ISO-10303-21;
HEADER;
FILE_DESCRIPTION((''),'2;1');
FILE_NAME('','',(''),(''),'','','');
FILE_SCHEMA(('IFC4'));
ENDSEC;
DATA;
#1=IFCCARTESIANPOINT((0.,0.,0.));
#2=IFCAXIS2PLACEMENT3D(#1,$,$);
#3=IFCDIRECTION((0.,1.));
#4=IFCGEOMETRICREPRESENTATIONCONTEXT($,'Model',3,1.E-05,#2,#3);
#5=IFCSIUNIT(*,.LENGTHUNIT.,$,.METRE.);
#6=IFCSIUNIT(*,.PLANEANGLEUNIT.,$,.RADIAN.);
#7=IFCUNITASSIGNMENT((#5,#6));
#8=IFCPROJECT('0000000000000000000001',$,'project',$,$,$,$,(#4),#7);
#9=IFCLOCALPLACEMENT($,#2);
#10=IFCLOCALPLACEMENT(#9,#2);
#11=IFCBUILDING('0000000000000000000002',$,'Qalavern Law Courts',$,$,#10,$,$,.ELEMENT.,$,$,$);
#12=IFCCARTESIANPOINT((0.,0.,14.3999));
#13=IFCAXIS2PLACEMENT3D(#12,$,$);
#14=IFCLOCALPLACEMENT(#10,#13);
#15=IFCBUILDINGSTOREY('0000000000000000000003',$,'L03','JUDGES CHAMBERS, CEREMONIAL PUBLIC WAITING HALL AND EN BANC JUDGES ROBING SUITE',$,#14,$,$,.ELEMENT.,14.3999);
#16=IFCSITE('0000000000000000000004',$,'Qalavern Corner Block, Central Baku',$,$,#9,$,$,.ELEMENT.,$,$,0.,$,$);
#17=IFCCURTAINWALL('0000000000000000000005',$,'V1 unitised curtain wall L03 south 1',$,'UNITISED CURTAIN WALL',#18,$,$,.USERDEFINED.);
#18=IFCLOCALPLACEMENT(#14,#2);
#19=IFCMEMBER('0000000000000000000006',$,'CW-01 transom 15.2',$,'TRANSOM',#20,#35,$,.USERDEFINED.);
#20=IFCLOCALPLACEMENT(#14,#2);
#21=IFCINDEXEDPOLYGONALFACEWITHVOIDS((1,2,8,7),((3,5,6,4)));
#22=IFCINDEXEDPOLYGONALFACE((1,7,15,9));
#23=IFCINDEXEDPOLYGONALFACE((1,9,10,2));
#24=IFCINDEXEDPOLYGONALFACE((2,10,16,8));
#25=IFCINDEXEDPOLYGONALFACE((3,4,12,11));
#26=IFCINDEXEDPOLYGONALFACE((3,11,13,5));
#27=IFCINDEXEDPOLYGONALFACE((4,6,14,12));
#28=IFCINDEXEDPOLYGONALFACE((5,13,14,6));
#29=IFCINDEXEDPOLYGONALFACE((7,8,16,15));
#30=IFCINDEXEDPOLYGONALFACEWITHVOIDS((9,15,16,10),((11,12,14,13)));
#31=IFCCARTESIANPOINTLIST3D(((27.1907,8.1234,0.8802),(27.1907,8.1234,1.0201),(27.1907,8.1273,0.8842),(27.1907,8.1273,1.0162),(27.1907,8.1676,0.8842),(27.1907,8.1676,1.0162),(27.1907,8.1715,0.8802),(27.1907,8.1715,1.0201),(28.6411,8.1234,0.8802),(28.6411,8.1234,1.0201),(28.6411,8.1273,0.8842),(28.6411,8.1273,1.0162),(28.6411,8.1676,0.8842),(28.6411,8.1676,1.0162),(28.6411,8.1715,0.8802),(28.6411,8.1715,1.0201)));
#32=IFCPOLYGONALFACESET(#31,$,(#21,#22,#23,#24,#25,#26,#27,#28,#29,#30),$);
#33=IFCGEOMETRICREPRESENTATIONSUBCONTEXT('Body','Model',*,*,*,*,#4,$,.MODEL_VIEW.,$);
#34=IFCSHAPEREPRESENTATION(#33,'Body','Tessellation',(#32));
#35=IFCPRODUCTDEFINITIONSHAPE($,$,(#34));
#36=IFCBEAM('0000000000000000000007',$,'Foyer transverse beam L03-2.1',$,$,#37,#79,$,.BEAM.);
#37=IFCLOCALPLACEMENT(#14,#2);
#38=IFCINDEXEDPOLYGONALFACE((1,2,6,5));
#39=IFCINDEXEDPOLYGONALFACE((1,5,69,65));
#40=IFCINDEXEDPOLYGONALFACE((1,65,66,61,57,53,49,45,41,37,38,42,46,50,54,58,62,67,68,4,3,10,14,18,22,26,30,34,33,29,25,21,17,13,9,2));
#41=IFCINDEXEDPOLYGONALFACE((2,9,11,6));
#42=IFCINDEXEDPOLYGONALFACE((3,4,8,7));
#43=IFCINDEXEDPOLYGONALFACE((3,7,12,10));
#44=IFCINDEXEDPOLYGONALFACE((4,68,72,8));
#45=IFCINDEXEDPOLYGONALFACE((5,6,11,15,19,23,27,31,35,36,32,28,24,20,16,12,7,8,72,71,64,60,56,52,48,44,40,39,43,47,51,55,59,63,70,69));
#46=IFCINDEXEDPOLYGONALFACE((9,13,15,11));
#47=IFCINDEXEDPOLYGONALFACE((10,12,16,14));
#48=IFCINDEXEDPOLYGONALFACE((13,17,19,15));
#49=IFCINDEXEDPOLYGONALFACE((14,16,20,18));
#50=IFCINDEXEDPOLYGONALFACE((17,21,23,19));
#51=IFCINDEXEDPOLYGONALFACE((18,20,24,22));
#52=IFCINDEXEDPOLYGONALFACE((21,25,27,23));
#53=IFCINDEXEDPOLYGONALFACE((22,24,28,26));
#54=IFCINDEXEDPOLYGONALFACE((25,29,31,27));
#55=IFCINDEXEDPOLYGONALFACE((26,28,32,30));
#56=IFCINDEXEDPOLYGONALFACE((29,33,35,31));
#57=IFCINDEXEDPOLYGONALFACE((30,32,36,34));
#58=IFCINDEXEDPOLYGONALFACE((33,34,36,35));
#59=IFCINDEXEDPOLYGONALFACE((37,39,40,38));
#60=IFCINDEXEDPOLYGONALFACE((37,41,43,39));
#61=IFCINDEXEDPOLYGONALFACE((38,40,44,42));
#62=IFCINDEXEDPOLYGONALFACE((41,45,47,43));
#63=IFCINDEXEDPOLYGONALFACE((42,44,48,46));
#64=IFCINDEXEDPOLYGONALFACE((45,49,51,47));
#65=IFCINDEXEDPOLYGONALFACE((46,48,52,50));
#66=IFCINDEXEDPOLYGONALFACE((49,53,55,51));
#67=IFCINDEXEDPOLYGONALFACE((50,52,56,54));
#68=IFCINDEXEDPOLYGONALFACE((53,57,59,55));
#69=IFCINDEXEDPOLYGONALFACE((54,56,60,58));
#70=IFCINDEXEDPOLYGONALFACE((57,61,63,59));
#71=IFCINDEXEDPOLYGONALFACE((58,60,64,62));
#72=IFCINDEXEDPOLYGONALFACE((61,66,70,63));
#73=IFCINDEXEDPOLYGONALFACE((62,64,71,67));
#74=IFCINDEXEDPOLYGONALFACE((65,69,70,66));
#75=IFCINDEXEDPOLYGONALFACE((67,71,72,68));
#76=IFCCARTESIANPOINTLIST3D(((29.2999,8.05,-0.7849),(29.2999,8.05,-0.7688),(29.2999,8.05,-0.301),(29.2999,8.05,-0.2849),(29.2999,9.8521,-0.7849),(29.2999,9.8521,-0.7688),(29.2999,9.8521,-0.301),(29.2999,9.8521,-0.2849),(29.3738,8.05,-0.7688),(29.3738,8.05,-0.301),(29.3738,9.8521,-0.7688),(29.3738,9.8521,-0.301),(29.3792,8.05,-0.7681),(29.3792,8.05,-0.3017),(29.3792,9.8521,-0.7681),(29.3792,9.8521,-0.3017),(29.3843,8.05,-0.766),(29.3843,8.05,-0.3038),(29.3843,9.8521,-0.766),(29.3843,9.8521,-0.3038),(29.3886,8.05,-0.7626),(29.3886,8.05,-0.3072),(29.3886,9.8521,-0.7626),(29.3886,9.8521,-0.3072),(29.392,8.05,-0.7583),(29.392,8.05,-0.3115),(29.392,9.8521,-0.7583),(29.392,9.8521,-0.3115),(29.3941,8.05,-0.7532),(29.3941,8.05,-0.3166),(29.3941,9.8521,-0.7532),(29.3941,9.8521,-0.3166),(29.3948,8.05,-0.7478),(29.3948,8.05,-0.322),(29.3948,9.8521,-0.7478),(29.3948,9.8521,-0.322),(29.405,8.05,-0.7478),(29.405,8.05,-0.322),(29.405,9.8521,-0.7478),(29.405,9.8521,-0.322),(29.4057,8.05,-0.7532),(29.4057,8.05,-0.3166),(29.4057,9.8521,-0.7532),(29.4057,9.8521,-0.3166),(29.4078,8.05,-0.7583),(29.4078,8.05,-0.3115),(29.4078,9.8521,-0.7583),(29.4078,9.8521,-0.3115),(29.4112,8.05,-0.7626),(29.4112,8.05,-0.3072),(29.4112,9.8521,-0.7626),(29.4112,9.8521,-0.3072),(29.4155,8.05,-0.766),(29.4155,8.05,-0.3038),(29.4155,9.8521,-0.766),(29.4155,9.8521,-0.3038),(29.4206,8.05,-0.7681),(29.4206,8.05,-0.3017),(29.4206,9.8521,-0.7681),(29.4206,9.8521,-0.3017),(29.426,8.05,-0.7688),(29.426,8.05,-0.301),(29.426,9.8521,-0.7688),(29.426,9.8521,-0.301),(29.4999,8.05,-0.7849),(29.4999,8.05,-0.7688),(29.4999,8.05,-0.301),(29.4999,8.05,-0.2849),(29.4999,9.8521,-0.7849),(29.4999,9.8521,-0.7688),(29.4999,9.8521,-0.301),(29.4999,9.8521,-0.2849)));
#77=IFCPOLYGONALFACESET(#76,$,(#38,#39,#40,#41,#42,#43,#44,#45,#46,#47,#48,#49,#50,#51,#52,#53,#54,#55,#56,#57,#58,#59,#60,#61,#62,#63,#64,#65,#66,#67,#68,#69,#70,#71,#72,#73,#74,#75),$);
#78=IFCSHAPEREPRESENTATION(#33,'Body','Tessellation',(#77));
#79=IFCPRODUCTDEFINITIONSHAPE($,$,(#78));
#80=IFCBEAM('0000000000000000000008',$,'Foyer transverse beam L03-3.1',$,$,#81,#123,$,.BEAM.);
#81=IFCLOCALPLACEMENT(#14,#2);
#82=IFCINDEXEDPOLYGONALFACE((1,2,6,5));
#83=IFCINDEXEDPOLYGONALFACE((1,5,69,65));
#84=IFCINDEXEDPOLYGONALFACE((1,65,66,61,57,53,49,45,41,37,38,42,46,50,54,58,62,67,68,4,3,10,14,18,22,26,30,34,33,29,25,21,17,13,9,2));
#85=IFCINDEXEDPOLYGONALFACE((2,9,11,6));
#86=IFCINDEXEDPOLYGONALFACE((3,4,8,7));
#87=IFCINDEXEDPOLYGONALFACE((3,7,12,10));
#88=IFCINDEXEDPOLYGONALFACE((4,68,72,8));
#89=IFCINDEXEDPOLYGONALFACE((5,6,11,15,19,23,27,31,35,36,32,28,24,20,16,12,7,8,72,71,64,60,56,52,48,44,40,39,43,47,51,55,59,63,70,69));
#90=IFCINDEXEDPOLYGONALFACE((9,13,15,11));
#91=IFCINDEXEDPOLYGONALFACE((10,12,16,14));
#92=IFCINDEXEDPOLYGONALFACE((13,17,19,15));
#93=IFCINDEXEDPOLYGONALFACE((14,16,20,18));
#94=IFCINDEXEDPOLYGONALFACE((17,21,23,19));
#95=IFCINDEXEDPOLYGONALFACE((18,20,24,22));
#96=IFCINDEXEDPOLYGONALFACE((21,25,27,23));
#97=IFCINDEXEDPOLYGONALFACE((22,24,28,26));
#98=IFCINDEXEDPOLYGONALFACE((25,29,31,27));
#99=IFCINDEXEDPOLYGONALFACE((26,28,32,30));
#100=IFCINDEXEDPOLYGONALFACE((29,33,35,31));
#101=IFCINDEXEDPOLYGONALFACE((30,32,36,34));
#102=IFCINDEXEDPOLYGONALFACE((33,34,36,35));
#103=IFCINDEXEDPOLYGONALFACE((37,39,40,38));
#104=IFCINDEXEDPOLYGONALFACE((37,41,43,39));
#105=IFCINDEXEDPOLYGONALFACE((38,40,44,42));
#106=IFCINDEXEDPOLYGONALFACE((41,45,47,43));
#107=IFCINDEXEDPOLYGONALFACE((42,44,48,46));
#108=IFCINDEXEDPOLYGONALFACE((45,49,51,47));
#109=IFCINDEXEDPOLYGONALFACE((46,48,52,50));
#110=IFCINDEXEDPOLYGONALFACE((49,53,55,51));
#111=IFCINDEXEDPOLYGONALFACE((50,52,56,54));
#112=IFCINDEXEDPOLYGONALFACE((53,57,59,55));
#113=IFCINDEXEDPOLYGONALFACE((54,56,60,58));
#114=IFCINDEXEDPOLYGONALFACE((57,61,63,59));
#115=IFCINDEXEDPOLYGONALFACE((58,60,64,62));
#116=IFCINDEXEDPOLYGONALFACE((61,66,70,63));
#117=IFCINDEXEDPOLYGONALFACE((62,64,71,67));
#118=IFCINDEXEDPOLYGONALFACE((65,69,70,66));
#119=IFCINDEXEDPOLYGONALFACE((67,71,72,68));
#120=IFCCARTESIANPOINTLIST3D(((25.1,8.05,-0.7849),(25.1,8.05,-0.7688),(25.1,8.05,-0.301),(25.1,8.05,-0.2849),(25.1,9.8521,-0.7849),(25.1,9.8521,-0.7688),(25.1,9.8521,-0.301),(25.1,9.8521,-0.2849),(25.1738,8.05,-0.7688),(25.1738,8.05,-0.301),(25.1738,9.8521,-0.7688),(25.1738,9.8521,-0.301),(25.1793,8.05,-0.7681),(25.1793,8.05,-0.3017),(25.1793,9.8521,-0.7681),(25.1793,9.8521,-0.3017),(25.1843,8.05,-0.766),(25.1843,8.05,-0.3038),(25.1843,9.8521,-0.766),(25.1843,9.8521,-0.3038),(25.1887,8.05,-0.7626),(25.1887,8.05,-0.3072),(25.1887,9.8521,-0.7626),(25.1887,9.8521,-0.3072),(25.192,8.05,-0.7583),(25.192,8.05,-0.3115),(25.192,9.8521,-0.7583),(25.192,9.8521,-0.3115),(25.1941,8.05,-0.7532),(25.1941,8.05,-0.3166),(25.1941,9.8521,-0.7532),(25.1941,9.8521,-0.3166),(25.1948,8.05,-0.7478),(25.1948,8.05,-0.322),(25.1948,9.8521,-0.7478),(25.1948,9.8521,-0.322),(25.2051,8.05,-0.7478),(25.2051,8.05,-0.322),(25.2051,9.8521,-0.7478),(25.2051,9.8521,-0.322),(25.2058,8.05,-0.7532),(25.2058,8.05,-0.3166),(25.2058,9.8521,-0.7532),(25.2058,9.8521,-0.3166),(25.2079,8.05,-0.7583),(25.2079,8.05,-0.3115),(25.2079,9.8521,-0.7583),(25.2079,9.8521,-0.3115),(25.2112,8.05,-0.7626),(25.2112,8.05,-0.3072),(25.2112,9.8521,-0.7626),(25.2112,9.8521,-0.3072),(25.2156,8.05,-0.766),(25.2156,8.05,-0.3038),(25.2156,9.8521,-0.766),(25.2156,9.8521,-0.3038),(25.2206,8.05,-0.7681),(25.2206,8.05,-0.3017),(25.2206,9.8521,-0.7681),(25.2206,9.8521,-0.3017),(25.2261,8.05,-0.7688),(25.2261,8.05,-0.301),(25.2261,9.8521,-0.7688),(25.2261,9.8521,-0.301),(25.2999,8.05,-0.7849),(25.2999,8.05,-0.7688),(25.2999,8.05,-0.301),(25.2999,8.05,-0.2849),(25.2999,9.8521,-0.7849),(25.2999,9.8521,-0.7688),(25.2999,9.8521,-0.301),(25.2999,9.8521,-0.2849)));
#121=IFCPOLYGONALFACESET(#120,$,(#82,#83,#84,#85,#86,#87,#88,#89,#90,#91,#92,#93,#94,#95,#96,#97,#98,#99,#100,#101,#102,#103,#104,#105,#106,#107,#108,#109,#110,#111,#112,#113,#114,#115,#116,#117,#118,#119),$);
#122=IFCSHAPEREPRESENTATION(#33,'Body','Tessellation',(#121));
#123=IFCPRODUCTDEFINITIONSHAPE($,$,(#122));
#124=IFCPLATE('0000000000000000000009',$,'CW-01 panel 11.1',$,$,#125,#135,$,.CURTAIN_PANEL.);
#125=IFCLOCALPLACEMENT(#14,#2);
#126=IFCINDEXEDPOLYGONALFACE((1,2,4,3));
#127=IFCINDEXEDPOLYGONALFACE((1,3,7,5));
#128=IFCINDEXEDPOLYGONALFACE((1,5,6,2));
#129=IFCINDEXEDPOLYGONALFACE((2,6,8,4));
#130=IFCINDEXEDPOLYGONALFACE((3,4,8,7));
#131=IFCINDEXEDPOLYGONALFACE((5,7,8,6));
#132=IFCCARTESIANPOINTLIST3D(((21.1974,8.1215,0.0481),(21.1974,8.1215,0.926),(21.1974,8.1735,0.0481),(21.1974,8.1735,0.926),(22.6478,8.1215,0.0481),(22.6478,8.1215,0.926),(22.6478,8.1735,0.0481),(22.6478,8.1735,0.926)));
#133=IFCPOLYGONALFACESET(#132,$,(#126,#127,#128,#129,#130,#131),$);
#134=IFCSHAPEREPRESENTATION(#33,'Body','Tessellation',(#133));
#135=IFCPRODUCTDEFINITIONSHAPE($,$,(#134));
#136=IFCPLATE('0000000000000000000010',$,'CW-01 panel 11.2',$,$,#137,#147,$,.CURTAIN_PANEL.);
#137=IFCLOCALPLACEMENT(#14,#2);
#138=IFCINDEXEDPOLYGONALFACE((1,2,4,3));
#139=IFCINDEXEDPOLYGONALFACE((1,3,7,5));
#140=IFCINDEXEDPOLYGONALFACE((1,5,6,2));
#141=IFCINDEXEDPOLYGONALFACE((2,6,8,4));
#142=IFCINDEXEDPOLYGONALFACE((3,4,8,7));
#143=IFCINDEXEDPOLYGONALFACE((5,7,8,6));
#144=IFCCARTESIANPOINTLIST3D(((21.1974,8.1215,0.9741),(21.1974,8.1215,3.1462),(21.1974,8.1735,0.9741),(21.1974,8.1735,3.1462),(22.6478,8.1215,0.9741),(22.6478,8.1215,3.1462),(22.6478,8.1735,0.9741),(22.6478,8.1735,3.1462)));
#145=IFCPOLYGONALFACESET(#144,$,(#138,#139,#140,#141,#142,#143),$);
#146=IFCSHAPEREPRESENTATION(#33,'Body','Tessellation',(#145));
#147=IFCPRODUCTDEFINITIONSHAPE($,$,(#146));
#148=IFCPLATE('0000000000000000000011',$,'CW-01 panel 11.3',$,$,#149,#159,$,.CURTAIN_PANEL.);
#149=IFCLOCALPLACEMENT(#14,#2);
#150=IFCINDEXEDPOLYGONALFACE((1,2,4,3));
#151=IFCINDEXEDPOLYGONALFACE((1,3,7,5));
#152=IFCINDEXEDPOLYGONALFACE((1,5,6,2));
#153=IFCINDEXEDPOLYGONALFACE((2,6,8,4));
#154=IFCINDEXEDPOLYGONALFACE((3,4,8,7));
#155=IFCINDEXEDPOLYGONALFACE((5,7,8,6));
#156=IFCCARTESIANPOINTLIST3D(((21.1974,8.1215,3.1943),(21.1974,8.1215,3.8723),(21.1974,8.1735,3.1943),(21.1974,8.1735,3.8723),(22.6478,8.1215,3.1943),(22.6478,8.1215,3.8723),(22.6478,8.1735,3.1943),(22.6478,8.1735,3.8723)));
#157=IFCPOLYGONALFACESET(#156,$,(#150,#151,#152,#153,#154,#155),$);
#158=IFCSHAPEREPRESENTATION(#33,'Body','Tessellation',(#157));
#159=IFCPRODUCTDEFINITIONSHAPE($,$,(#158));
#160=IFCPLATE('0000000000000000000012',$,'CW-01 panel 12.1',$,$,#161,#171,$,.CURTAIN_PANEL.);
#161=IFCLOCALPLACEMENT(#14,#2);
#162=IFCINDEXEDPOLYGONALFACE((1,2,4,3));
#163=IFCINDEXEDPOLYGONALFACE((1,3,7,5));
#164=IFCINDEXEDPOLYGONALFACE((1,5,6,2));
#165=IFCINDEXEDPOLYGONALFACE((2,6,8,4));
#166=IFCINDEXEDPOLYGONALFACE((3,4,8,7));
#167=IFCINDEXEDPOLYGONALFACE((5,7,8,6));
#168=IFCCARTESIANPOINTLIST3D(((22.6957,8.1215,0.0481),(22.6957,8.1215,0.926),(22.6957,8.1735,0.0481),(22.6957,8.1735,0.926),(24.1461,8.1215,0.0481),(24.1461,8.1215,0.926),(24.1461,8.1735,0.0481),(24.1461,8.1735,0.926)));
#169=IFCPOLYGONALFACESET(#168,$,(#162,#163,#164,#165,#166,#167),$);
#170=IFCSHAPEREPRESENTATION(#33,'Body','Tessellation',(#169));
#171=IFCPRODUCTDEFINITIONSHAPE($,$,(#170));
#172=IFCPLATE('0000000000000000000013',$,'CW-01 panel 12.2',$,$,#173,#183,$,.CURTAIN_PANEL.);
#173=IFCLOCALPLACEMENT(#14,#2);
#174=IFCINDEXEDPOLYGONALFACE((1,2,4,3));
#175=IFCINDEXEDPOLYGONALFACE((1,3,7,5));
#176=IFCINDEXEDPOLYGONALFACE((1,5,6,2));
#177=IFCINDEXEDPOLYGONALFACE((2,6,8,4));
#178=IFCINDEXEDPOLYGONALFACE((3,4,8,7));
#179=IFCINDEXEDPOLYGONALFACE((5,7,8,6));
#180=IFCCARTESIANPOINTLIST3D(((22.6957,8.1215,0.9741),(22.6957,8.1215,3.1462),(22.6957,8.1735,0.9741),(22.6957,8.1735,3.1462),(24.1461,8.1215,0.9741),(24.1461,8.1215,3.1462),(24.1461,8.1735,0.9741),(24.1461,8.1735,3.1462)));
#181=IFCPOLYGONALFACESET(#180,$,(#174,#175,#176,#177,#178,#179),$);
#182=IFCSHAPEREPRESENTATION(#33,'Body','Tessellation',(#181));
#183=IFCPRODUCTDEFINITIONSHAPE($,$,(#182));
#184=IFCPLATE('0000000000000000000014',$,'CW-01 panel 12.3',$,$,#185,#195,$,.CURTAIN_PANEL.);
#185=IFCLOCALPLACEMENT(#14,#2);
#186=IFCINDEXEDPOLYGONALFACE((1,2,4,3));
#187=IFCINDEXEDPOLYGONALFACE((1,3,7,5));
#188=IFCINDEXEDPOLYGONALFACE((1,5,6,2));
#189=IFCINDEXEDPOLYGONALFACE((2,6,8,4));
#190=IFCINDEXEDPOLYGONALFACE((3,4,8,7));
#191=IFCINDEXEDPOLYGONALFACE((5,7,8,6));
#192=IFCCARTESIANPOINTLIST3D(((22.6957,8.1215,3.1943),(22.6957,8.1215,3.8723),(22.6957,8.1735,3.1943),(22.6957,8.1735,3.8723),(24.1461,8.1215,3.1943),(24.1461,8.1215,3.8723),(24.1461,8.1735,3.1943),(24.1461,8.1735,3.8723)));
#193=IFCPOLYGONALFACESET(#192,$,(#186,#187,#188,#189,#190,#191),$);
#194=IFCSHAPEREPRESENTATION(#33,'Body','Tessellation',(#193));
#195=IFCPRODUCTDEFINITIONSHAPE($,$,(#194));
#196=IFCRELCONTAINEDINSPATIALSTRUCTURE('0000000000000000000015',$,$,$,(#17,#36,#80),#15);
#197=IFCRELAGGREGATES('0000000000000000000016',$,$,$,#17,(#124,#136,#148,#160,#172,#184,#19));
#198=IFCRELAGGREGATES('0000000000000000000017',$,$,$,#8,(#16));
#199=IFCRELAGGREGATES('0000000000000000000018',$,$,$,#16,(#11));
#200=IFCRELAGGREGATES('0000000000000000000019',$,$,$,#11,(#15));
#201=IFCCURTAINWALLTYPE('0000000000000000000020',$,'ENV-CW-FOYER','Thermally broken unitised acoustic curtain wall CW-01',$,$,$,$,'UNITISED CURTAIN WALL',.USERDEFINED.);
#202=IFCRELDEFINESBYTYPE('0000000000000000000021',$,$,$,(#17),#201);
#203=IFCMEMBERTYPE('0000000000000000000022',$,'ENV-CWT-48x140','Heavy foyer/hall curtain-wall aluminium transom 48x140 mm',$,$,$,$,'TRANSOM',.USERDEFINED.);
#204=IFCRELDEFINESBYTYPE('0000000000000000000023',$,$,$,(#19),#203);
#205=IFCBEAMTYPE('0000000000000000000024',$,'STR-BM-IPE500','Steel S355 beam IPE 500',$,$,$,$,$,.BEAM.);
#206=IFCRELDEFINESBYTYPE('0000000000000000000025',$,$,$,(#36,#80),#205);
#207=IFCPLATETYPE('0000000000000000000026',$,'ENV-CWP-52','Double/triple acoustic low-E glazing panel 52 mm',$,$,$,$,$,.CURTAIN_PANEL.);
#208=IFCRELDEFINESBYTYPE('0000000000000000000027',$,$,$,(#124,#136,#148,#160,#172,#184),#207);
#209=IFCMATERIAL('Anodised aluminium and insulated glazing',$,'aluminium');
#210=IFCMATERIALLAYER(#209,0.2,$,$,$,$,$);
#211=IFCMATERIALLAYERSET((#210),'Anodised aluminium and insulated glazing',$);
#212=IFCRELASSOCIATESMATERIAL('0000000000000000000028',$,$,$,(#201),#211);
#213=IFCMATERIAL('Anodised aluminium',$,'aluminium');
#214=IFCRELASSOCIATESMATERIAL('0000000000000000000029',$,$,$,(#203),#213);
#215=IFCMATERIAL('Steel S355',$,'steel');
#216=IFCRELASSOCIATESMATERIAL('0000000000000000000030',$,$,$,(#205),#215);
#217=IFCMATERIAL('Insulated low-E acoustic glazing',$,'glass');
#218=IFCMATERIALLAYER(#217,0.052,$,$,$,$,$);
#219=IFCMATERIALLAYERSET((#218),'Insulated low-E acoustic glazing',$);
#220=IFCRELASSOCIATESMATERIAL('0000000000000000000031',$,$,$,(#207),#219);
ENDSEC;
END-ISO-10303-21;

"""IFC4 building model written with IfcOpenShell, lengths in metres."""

from ifc_helpers import new_model, si_unit, direction, frame, origin, origin_2d, place, context, subcontext, project, spatial, rectangle, hollow_rectangle, i_section, extrude, material, layer, layer_set, material_profile, profile_set, type_object, element, aggregate, save


model = new_model("IFC4")

# Units and contexts
model_context = context("Model", 3, precision=1e-05, world=origin(), true_north=direction((0.0, 1.0)))
body_context = subcontext(model_context, "Body", "Model", "MODEL_VIEW")
ifc_project = project(units=[si_unit("LENGTHUNIT", "METRE"), si_unit("PLANEANGLEUNIT", "RADIAN")], contexts=[model_context])

# Site, building, storey
site_placement = place(None, origin())
site = spatial("IfcSite", under=ifc_project, at=site_placement, Name="Qalavern Corner Block, Central Baku", CompositionType="ELEMENT", RefElevation=0.0)
building_placement = place(site_placement, origin())
building = spatial("IfcBuilding", under=site, at=building_placement, Name="Qalavern Law Courts", CompositionType="ELEMENT")
storey_placement = place(building_placement, frame((0.0, 0.0, 14.3999)))
storey = spatial("IfcBuildingStorey", under=building, at=storey_placement, Name="L03", Description="JUDGES CHAMBERS, CEREMONIAL PUBLIC WAITING HALL AND EN BANC JUDGES ROBING SUITE", CompositionType="ELEMENT", Elevation=14.3999)

# Curtain wall, member
ifc_material_1 = material(Name="Anodised aluminium and insulated glazing", Category="aluminium")
ifc_layer_1 = layer(ifc_material_1, 0.2)
ifc_layer_set_1 = layer_set([ifc_layer_1], Name="Anodised aluminium and insulated glazing")
curtain_wall_type = type_object("IfcCurtainWallType", Name="ENV-CW-FOYER", Description="Thermally broken unitised acoustic curtain wall CW-01", ElementType="UNITISED CURTAIN WALL", PredefinedType="USERDEFINED", material=ifc_layer_set_1)
curtain_wall_placement = place(storey_placement, origin())
curtain_wall = element("IfcCurtainWall", 1, at=curtain_wall_placement, inside=storey, type_object=curtain_wall_type, Name="V1 unitised curtain wall L03 south 1", ObjectType="UNITISED CURTAIN WALL", PredefinedType="USERDEFINED")
ifc_material_2 = material(Name="Anodised aluminium", Category="aluminium")
ifc_material_profile_1 = material_profile(ifc_material_2, hollow_rectangle(XDim=0.0481, YDim=0.1399, WallThickness=0.0039, at=origin_2d()), Name="ALU TRANSOM 48x140")
ifc_profile_set_1 = profile_set([ifc_material_profile_1], Name="Anodised aluminium")
member_type_1 = type_object("IfcMemberType", Name="ENV-CWT-48x140", Description="Heavy foyer/hall curtain-wall aluminium transom 48x140 mm", ElementType="TRANSOM", PredefinedType="USERDEFINED", material=ifc_profile_set_1)
member_1_placement = place(storey_placement, frame((27.1907, 8.1475, 0.9502), z_axis=(1.0, 0.0, 0.0), x_axis=(0.0, 1.0, 0.0)))
member_1 = element("IfcMember", 2, at=member_1_placement, type_object=member_type_1, Name="CW-01 transom 15.2", ObjectType="TRANSOM", PredefinedType="USERDEFINED", context=body_context, shape_type="SweptSolid", body=[
    extrude(hollow_rectangle(XDim=0.0481, YDim=0.1399, WallThickness=0.0039, at=origin_2d()), origin(), (0.0, 0.0, 1.0), 1.4504),
])

# Beams
ifc_material_3 = material(Name="Steel S355", Category="steel")
ifc_material_profile_2 = material_profile(ifc_material_3, i_section(OverallWidth=0.2, OverallDepth=0.5, WebThickness=0.0103, FlangeThickness=0.0161, FilletRadius=0.021, at=origin_2d()), Name="IPE 500")
ifc_profile_set_2 = profile_set([ifc_material_profile_2], Name="Steel S355")
beam_type = type_object("IfcBeamType", Name="STR-BM-IPE500", Description="Steel S355 beam IPE 500", PredefinedType="BEAM", material=ifc_profile_set_2)
for number, where, z_axis, x_axis, name in (
    (3, (29.3999, 8.05, -0.5349), (0.0, 1.0, 0.0), (-1.0, 0.0, 0.0), "Foyer transverse beam L03-2.1"),
    (4, (25.2, 8.05, -0.5349), (0.0, 1.0, 0.0), (-1.0, 0.0, 0.0), "Foyer transverse beam L03-3.1"),
):
    element("IfcBeam", number, at=place(storey_placement, frame(where, z_axis=z_axis, x_axis=x_axis)), inside=storey, type_object=beam_type, Name=name, PredefinedType="BEAM", context=body_context, shape_type="SweptSolid", body=[
        extrude(i_section(OverallWidth=0.2, OverallDepth=0.5, WebThickness=0.0103, FlangeThickness=0.0161, FilletRadius=0.021, at=origin_2d()), origin(), (0.0, 0.0, 1.0), 1.802),
    ])

# Plates
ifc_material_4 = material(Name="Insulated low-E acoustic glazing", Category="glass")
ifc_layer_2 = layer(ifc_material_4, 0.052)
ifc_layer_set_2 = layer_set([ifc_layer_2], Name="Insulated low-E acoustic glazing")
plate_type = type_object("IfcPlateType", Name="ENV-CWP-52", Description="Double/triple acoustic low-E glazing panel 52 mm", PredefinedType="CURTAIN_PANEL", material=ifc_layer_set_2)
plate_1_placement = place(storey_placement, frame((21.9226, 8.1475, 0.0481), z_axis=(0.0, 0.0, 1.0), x_axis=(1.0, 0.0, 0.0)))
plate_1 = element("IfcPlate", 5, at=plate_1_placement, type_object=plate_type, Name="CW-01 panel 11.1", PredefinedType="CURTAIN_PANEL", context=body_context, shape_type="SweptSolid", body=[
    extrude(rectangle(XDim=1.4504, YDim=0.052, at=origin_2d()), origin(), (0.0, 0.0, 1.0), 0.8779),
])
plate_2_placement = place(storey_placement, frame((21.9226, 8.1475, 0.9741), z_axis=(0.0, 0.0, 1.0), x_axis=(1.0, 0.0, 0.0)))
plate_2 = element("IfcPlate", 6, at=plate_2_placement, type_object=plate_type, Name="CW-01 panel 11.2", PredefinedType="CURTAIN_PANEL", context=body_context, shape_type="SweptSolid", body=[
    extrude(rectangle(XDim=1.4504, YDim=0.052, at=origin_2d()), origin(), (0.0, 0.0, 1.0), 2.1721),
])
plate_3_placement = place(storey_placement, frame((21.9226, 8.1475, 3.1943), z_axis=(0.0, 0.0, 1.0), x_axis=(1.0, 0.0, 0.0)))
plate_3 = element("IfcPlate", 7, at=plate_3_placement, type_object=plate_type, Name="CW-01 panel 11.3", PredefinedType="CURTAIN_PANEL", context=body_context, shape_type="SweptSolid", body=[
    extrude(rectangle(XDim=1.4504, YDim=0.052, at=origin_2d()), origin(), (0.0, 0.0, 1.0), 0.678),
])
plate_4_placement = place(storey_placement, frame((23.4209, 8.1475, 0.0481), z_axis=(0.0, 0.0, 1.0), x_axis=(1.0, 0.0, 0.0)))
plate_4 = element("IfcPlate", 8, at=plate_4_placement, type_object=plate_type, Name="CW-01 panel 12.1", PredefinedType="CURTAIN_PANEL", context=body_context, shape_type="SweptSolid", body=[
    extrude(rectangle(XDim=1.4504, YDim=0.052, at=origin_2d()), origin(), (0.0, 0.0, 1.0), 0.8779),
])
plate_5_placement = place(storey_placement, frame((23.4209, 8.1475, 0.9741), z_axis=(0.0, 0.0, 1.0), x_axis=(1.0, 0.0, 0.0)))
plate_5 = element("IfcPlate", 9, at=plate_5_placement, type_object=plate_type, Name="CW-01 panel 12.2", PredefinedType="CURTAIN_PANEL", context=body_context, shape_type="SweptSolid", body=[
    extrude(rectangle(XDim=1.4504, YDim=0.052, at=origin_2d()), origin(), (0.0, 0.0, 1.0), 2.1721),
])
plate_6_placement = place(storey_placement, frame((23.4209, 8.1475, 3.1943), z_axis=(0.0, 0.0, 1.0), x_axis=(1.0, 0.0, 0.0)))
plate_6 = element("IfcPlate", 10, at=plate_6_placement, type_object=plate_type, Name="CW-01 panel 12.3", PredefinedType="CURTAIN_PANEL", context=body_context, shape_type="SweptSolid", body=[
    extrude(rectangle(XDim=1.4504, YDim=0.052, at=origin_2d()), origin(), (0.0, 0.0, 1.0), 0.678),
])
aggregate(curtain_wall, [plate_1, plate_2, plate_3, plate_4, plate_5, plate_6, member_1])

save(model, "model.ifc")
